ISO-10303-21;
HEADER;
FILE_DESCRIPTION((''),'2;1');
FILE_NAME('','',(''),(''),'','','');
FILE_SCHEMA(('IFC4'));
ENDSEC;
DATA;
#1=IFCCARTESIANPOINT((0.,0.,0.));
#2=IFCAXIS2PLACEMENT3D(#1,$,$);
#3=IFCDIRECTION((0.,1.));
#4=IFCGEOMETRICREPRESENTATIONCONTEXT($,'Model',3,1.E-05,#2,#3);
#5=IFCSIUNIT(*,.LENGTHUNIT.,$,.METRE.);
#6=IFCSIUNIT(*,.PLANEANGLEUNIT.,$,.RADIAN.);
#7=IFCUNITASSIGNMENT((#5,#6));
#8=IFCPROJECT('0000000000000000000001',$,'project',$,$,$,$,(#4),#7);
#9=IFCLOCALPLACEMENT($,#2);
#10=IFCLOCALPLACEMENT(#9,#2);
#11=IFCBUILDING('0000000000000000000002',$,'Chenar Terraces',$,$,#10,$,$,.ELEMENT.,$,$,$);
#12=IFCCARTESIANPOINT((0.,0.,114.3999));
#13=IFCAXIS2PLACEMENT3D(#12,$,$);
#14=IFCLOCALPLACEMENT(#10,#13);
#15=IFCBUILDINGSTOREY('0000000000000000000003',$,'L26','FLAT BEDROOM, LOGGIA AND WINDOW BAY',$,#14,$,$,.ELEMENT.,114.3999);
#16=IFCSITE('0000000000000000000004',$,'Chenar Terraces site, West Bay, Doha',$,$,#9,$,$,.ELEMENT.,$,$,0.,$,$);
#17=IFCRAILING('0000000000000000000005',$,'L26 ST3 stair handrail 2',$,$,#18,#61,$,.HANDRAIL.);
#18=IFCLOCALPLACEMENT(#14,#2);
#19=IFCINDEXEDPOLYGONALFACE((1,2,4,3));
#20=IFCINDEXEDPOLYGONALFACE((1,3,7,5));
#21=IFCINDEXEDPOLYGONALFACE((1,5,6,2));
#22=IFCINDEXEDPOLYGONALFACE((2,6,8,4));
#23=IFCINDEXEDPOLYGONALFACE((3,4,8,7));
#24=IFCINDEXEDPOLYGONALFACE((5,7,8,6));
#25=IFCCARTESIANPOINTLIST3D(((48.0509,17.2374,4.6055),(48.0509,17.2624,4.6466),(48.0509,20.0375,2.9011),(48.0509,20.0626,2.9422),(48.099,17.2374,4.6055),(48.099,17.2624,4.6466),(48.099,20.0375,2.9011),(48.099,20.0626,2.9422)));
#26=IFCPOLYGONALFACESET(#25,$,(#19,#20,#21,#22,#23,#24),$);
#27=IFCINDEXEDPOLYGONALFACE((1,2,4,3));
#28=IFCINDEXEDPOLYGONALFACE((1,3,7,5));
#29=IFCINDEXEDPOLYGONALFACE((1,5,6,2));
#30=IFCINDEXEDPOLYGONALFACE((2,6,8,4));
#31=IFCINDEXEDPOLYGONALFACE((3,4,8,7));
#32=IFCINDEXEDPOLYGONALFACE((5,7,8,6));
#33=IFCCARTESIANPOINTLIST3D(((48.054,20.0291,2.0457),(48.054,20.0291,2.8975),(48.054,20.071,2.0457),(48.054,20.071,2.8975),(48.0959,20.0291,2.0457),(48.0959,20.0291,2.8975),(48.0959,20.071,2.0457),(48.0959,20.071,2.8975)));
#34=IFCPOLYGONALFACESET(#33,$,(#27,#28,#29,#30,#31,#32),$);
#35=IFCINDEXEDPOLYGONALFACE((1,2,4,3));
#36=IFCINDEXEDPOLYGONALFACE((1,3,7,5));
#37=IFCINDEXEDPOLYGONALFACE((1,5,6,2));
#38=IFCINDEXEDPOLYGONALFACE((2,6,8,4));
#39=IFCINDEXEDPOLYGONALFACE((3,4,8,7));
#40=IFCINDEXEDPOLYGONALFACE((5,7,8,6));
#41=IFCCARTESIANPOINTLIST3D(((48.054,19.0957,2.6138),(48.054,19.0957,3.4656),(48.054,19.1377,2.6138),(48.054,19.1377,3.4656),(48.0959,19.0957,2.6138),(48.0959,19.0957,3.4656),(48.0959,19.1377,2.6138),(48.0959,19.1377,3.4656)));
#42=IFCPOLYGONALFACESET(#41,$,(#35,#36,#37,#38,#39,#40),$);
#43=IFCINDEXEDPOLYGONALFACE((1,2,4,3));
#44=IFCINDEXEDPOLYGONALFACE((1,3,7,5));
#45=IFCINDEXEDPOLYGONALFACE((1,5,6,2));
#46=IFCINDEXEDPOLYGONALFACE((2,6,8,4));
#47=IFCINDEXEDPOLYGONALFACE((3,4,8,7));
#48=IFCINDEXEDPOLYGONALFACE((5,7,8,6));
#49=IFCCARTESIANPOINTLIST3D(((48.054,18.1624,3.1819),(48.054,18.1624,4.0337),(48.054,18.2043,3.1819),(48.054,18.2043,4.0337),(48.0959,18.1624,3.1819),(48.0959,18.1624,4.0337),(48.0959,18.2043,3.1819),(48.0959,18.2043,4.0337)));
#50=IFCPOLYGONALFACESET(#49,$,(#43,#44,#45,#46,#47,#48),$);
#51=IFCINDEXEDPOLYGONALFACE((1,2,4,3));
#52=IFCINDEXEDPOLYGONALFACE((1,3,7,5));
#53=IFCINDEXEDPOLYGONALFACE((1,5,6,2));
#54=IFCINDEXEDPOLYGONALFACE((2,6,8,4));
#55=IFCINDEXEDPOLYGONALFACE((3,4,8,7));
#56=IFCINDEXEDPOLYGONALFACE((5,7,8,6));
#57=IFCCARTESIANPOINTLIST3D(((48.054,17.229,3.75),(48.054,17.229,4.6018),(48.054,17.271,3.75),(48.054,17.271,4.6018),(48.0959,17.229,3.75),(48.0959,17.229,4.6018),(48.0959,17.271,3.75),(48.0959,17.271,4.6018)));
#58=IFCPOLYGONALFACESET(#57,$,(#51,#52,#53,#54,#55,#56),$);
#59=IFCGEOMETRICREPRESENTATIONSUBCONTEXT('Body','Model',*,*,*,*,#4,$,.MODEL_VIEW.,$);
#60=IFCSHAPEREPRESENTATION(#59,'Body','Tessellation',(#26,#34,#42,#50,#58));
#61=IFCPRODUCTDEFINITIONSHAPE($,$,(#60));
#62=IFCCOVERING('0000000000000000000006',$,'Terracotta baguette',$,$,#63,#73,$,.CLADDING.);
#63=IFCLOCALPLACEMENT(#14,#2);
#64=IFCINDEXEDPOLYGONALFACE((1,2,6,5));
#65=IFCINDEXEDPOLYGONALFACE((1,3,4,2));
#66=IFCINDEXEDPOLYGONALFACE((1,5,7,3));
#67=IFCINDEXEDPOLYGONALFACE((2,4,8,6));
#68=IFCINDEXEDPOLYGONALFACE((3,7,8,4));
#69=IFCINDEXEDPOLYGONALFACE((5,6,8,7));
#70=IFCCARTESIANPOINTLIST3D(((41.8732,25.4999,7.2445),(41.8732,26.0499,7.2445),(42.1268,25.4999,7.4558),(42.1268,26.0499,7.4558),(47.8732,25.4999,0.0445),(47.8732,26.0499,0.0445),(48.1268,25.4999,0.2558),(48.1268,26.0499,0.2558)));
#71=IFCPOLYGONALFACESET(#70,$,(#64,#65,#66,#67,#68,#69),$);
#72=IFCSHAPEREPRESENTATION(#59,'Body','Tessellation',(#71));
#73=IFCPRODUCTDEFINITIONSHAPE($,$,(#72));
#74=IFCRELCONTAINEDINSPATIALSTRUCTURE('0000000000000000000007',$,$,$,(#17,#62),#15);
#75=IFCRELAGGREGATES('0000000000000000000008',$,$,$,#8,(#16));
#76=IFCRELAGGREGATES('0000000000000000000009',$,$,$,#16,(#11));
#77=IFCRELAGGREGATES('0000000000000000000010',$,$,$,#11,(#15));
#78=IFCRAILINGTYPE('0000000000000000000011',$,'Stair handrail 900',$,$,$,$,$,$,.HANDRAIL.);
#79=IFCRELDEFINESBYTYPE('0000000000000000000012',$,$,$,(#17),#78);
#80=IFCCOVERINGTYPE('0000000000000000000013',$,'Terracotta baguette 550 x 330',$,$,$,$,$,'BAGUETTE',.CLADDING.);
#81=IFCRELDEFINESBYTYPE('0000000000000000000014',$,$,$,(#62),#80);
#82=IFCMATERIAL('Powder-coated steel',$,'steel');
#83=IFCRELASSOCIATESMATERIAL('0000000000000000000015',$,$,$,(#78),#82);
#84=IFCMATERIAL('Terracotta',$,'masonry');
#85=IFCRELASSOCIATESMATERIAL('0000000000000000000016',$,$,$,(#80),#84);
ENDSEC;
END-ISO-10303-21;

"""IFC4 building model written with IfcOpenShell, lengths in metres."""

from ifc_helpers import new_model, si_unit, direction, frame, origin, origin_2d, place, context, subcontext, project, spatial, rectangle, extrude, material, material_profile, profile_set, type_object, element, save


model = new_model("IFC4")

# Units and contexts
model_context = context("Model", 3, precision=1e-05, world=origin(), true_north=direction((0.0, 1.0)))
body_context = subcontext(model_context, "Body", "Model", "MODEL_VIEW")
ifc_project = project(units=[si_unit("LENGTHUNIT", "METRE"), si_unit("PLANEANGLEUNIT", "RADIAN")], contexts=[model_context])

# Site, building, storey
site_placement = place(None, origin())
site = spatial("IfcSite", under=ifc_project, at=site_placement, Name="Chenar Terraces site, West Bay, Doha", CompositionType="ELEMENT", RefElevation=0.0)
building_placement = place(site_placement, origin())
building = spatial("IfcBuilding", under=site, at=building_placement, Name="Chenar Terraces", CompositionType="ELEMENT")
storey_placement = place(building_placement, frame((0.0, 0.0, 114.3999)))
storey = spatial("IfcBuildingStorey", under=building, at=storey_placement, Name="L26", Description="FLAT BEDROOM, LOGGIA AND WINDOW BAY", CompositionType="ELEMENT", Elevation=114.3999)

# Railing
ifc_material_1 = material(Name="Powder-coated steel", Category="steel")
railing_type_1 = type_object("IfcRailingType", Name="Stair handrail 900", PredefinedType="HANDRAIL", material=ifc_material_1)
railing_1_placement = place(storey_placement, frame((48.075, 20.05, 2.0457)))
element("IfcRailing", 1, at=railing_1_placement, inside=storey, type_object=railing_type_1, Name="L26 ST3 stair handrail 2", PredefinedType="HANDRAIL", context=body_context, shape_type="SweptSolid", body=[
    extrude(rectangle(XDim=0.0481, YDim=0.0481, at=origin_2d()), frame((0.0, 0.0, 0.876), z_axis=(0.0, -0.854203, 0.51994), x_axis=(1.0, 0.0, 0.0)), (0.0, 0.0, 1.0), 3.2781),
    extrude(rectangle(XDim=0.042, YDim=0.042, at=origin_2d()), origin(), (0.0, 0.0, 1.0), 0.8518),
    extrude(rectangle(XDim=0.042, YDim=0.042, at=origin_2d()), frame((0.0, -0.9333, 0.5681)), (0.0, 0.0, 1.0), 0.8518),
    extrude(rectangle(XDim=0.042, YDim=0.042, at=origin_2d()), frame((0.0, -1.8667, 1.1362)), (0.0, 0.0, 1.0), 0.8518),
    extrude(rectangle(XDim=0.042, YDim=0.042, at=origin_2d()), frame((0.0, -2.8, 1.7043)), (0.0, 0.0, 1.0), 0.8518),
])

# Covering
ifc_material_2 = material(Name="Terracotta", Category="masonry")
ifc_material_profile_1 = material_profile(ifc_material_2, rectangle(XDim=0.55, YDim=0.3301, at=origin_2d()), Name="Terracotta baguette 550 x 330")
ifc_profile_set_1 = profile_set([ifc_material_profile_1], Name="Terracotta")
covering_type = type_object("IfcCoveringType", Name="Terracotta baguette 550 x 330", ElementType="BAGUETTE", PredefinedType="CLADDING", material=ifc_profile_set_1)
covering_placement = place(storey_placement, frame((48.0, 25.7749, 0.1501), z_axis=(-0.640187, 0.0, 0.768219), x_axis=(0.0, -1.0, 0.0)))
element("IfcCovering", 2, at=covering_placement, inside=storey, type_object=covering_type, Name="Terracotta baguette", PredefinedType="CLADDING", context=body_context, shape_type="SweptSolid", body=[
    extrude(rectangle(XDim=0.55, YDim=0.3301, at=origin_2d()), origin(), (0.0, 0.0, 1.0), 9.3723),
])

save(model, "model.ifc")
